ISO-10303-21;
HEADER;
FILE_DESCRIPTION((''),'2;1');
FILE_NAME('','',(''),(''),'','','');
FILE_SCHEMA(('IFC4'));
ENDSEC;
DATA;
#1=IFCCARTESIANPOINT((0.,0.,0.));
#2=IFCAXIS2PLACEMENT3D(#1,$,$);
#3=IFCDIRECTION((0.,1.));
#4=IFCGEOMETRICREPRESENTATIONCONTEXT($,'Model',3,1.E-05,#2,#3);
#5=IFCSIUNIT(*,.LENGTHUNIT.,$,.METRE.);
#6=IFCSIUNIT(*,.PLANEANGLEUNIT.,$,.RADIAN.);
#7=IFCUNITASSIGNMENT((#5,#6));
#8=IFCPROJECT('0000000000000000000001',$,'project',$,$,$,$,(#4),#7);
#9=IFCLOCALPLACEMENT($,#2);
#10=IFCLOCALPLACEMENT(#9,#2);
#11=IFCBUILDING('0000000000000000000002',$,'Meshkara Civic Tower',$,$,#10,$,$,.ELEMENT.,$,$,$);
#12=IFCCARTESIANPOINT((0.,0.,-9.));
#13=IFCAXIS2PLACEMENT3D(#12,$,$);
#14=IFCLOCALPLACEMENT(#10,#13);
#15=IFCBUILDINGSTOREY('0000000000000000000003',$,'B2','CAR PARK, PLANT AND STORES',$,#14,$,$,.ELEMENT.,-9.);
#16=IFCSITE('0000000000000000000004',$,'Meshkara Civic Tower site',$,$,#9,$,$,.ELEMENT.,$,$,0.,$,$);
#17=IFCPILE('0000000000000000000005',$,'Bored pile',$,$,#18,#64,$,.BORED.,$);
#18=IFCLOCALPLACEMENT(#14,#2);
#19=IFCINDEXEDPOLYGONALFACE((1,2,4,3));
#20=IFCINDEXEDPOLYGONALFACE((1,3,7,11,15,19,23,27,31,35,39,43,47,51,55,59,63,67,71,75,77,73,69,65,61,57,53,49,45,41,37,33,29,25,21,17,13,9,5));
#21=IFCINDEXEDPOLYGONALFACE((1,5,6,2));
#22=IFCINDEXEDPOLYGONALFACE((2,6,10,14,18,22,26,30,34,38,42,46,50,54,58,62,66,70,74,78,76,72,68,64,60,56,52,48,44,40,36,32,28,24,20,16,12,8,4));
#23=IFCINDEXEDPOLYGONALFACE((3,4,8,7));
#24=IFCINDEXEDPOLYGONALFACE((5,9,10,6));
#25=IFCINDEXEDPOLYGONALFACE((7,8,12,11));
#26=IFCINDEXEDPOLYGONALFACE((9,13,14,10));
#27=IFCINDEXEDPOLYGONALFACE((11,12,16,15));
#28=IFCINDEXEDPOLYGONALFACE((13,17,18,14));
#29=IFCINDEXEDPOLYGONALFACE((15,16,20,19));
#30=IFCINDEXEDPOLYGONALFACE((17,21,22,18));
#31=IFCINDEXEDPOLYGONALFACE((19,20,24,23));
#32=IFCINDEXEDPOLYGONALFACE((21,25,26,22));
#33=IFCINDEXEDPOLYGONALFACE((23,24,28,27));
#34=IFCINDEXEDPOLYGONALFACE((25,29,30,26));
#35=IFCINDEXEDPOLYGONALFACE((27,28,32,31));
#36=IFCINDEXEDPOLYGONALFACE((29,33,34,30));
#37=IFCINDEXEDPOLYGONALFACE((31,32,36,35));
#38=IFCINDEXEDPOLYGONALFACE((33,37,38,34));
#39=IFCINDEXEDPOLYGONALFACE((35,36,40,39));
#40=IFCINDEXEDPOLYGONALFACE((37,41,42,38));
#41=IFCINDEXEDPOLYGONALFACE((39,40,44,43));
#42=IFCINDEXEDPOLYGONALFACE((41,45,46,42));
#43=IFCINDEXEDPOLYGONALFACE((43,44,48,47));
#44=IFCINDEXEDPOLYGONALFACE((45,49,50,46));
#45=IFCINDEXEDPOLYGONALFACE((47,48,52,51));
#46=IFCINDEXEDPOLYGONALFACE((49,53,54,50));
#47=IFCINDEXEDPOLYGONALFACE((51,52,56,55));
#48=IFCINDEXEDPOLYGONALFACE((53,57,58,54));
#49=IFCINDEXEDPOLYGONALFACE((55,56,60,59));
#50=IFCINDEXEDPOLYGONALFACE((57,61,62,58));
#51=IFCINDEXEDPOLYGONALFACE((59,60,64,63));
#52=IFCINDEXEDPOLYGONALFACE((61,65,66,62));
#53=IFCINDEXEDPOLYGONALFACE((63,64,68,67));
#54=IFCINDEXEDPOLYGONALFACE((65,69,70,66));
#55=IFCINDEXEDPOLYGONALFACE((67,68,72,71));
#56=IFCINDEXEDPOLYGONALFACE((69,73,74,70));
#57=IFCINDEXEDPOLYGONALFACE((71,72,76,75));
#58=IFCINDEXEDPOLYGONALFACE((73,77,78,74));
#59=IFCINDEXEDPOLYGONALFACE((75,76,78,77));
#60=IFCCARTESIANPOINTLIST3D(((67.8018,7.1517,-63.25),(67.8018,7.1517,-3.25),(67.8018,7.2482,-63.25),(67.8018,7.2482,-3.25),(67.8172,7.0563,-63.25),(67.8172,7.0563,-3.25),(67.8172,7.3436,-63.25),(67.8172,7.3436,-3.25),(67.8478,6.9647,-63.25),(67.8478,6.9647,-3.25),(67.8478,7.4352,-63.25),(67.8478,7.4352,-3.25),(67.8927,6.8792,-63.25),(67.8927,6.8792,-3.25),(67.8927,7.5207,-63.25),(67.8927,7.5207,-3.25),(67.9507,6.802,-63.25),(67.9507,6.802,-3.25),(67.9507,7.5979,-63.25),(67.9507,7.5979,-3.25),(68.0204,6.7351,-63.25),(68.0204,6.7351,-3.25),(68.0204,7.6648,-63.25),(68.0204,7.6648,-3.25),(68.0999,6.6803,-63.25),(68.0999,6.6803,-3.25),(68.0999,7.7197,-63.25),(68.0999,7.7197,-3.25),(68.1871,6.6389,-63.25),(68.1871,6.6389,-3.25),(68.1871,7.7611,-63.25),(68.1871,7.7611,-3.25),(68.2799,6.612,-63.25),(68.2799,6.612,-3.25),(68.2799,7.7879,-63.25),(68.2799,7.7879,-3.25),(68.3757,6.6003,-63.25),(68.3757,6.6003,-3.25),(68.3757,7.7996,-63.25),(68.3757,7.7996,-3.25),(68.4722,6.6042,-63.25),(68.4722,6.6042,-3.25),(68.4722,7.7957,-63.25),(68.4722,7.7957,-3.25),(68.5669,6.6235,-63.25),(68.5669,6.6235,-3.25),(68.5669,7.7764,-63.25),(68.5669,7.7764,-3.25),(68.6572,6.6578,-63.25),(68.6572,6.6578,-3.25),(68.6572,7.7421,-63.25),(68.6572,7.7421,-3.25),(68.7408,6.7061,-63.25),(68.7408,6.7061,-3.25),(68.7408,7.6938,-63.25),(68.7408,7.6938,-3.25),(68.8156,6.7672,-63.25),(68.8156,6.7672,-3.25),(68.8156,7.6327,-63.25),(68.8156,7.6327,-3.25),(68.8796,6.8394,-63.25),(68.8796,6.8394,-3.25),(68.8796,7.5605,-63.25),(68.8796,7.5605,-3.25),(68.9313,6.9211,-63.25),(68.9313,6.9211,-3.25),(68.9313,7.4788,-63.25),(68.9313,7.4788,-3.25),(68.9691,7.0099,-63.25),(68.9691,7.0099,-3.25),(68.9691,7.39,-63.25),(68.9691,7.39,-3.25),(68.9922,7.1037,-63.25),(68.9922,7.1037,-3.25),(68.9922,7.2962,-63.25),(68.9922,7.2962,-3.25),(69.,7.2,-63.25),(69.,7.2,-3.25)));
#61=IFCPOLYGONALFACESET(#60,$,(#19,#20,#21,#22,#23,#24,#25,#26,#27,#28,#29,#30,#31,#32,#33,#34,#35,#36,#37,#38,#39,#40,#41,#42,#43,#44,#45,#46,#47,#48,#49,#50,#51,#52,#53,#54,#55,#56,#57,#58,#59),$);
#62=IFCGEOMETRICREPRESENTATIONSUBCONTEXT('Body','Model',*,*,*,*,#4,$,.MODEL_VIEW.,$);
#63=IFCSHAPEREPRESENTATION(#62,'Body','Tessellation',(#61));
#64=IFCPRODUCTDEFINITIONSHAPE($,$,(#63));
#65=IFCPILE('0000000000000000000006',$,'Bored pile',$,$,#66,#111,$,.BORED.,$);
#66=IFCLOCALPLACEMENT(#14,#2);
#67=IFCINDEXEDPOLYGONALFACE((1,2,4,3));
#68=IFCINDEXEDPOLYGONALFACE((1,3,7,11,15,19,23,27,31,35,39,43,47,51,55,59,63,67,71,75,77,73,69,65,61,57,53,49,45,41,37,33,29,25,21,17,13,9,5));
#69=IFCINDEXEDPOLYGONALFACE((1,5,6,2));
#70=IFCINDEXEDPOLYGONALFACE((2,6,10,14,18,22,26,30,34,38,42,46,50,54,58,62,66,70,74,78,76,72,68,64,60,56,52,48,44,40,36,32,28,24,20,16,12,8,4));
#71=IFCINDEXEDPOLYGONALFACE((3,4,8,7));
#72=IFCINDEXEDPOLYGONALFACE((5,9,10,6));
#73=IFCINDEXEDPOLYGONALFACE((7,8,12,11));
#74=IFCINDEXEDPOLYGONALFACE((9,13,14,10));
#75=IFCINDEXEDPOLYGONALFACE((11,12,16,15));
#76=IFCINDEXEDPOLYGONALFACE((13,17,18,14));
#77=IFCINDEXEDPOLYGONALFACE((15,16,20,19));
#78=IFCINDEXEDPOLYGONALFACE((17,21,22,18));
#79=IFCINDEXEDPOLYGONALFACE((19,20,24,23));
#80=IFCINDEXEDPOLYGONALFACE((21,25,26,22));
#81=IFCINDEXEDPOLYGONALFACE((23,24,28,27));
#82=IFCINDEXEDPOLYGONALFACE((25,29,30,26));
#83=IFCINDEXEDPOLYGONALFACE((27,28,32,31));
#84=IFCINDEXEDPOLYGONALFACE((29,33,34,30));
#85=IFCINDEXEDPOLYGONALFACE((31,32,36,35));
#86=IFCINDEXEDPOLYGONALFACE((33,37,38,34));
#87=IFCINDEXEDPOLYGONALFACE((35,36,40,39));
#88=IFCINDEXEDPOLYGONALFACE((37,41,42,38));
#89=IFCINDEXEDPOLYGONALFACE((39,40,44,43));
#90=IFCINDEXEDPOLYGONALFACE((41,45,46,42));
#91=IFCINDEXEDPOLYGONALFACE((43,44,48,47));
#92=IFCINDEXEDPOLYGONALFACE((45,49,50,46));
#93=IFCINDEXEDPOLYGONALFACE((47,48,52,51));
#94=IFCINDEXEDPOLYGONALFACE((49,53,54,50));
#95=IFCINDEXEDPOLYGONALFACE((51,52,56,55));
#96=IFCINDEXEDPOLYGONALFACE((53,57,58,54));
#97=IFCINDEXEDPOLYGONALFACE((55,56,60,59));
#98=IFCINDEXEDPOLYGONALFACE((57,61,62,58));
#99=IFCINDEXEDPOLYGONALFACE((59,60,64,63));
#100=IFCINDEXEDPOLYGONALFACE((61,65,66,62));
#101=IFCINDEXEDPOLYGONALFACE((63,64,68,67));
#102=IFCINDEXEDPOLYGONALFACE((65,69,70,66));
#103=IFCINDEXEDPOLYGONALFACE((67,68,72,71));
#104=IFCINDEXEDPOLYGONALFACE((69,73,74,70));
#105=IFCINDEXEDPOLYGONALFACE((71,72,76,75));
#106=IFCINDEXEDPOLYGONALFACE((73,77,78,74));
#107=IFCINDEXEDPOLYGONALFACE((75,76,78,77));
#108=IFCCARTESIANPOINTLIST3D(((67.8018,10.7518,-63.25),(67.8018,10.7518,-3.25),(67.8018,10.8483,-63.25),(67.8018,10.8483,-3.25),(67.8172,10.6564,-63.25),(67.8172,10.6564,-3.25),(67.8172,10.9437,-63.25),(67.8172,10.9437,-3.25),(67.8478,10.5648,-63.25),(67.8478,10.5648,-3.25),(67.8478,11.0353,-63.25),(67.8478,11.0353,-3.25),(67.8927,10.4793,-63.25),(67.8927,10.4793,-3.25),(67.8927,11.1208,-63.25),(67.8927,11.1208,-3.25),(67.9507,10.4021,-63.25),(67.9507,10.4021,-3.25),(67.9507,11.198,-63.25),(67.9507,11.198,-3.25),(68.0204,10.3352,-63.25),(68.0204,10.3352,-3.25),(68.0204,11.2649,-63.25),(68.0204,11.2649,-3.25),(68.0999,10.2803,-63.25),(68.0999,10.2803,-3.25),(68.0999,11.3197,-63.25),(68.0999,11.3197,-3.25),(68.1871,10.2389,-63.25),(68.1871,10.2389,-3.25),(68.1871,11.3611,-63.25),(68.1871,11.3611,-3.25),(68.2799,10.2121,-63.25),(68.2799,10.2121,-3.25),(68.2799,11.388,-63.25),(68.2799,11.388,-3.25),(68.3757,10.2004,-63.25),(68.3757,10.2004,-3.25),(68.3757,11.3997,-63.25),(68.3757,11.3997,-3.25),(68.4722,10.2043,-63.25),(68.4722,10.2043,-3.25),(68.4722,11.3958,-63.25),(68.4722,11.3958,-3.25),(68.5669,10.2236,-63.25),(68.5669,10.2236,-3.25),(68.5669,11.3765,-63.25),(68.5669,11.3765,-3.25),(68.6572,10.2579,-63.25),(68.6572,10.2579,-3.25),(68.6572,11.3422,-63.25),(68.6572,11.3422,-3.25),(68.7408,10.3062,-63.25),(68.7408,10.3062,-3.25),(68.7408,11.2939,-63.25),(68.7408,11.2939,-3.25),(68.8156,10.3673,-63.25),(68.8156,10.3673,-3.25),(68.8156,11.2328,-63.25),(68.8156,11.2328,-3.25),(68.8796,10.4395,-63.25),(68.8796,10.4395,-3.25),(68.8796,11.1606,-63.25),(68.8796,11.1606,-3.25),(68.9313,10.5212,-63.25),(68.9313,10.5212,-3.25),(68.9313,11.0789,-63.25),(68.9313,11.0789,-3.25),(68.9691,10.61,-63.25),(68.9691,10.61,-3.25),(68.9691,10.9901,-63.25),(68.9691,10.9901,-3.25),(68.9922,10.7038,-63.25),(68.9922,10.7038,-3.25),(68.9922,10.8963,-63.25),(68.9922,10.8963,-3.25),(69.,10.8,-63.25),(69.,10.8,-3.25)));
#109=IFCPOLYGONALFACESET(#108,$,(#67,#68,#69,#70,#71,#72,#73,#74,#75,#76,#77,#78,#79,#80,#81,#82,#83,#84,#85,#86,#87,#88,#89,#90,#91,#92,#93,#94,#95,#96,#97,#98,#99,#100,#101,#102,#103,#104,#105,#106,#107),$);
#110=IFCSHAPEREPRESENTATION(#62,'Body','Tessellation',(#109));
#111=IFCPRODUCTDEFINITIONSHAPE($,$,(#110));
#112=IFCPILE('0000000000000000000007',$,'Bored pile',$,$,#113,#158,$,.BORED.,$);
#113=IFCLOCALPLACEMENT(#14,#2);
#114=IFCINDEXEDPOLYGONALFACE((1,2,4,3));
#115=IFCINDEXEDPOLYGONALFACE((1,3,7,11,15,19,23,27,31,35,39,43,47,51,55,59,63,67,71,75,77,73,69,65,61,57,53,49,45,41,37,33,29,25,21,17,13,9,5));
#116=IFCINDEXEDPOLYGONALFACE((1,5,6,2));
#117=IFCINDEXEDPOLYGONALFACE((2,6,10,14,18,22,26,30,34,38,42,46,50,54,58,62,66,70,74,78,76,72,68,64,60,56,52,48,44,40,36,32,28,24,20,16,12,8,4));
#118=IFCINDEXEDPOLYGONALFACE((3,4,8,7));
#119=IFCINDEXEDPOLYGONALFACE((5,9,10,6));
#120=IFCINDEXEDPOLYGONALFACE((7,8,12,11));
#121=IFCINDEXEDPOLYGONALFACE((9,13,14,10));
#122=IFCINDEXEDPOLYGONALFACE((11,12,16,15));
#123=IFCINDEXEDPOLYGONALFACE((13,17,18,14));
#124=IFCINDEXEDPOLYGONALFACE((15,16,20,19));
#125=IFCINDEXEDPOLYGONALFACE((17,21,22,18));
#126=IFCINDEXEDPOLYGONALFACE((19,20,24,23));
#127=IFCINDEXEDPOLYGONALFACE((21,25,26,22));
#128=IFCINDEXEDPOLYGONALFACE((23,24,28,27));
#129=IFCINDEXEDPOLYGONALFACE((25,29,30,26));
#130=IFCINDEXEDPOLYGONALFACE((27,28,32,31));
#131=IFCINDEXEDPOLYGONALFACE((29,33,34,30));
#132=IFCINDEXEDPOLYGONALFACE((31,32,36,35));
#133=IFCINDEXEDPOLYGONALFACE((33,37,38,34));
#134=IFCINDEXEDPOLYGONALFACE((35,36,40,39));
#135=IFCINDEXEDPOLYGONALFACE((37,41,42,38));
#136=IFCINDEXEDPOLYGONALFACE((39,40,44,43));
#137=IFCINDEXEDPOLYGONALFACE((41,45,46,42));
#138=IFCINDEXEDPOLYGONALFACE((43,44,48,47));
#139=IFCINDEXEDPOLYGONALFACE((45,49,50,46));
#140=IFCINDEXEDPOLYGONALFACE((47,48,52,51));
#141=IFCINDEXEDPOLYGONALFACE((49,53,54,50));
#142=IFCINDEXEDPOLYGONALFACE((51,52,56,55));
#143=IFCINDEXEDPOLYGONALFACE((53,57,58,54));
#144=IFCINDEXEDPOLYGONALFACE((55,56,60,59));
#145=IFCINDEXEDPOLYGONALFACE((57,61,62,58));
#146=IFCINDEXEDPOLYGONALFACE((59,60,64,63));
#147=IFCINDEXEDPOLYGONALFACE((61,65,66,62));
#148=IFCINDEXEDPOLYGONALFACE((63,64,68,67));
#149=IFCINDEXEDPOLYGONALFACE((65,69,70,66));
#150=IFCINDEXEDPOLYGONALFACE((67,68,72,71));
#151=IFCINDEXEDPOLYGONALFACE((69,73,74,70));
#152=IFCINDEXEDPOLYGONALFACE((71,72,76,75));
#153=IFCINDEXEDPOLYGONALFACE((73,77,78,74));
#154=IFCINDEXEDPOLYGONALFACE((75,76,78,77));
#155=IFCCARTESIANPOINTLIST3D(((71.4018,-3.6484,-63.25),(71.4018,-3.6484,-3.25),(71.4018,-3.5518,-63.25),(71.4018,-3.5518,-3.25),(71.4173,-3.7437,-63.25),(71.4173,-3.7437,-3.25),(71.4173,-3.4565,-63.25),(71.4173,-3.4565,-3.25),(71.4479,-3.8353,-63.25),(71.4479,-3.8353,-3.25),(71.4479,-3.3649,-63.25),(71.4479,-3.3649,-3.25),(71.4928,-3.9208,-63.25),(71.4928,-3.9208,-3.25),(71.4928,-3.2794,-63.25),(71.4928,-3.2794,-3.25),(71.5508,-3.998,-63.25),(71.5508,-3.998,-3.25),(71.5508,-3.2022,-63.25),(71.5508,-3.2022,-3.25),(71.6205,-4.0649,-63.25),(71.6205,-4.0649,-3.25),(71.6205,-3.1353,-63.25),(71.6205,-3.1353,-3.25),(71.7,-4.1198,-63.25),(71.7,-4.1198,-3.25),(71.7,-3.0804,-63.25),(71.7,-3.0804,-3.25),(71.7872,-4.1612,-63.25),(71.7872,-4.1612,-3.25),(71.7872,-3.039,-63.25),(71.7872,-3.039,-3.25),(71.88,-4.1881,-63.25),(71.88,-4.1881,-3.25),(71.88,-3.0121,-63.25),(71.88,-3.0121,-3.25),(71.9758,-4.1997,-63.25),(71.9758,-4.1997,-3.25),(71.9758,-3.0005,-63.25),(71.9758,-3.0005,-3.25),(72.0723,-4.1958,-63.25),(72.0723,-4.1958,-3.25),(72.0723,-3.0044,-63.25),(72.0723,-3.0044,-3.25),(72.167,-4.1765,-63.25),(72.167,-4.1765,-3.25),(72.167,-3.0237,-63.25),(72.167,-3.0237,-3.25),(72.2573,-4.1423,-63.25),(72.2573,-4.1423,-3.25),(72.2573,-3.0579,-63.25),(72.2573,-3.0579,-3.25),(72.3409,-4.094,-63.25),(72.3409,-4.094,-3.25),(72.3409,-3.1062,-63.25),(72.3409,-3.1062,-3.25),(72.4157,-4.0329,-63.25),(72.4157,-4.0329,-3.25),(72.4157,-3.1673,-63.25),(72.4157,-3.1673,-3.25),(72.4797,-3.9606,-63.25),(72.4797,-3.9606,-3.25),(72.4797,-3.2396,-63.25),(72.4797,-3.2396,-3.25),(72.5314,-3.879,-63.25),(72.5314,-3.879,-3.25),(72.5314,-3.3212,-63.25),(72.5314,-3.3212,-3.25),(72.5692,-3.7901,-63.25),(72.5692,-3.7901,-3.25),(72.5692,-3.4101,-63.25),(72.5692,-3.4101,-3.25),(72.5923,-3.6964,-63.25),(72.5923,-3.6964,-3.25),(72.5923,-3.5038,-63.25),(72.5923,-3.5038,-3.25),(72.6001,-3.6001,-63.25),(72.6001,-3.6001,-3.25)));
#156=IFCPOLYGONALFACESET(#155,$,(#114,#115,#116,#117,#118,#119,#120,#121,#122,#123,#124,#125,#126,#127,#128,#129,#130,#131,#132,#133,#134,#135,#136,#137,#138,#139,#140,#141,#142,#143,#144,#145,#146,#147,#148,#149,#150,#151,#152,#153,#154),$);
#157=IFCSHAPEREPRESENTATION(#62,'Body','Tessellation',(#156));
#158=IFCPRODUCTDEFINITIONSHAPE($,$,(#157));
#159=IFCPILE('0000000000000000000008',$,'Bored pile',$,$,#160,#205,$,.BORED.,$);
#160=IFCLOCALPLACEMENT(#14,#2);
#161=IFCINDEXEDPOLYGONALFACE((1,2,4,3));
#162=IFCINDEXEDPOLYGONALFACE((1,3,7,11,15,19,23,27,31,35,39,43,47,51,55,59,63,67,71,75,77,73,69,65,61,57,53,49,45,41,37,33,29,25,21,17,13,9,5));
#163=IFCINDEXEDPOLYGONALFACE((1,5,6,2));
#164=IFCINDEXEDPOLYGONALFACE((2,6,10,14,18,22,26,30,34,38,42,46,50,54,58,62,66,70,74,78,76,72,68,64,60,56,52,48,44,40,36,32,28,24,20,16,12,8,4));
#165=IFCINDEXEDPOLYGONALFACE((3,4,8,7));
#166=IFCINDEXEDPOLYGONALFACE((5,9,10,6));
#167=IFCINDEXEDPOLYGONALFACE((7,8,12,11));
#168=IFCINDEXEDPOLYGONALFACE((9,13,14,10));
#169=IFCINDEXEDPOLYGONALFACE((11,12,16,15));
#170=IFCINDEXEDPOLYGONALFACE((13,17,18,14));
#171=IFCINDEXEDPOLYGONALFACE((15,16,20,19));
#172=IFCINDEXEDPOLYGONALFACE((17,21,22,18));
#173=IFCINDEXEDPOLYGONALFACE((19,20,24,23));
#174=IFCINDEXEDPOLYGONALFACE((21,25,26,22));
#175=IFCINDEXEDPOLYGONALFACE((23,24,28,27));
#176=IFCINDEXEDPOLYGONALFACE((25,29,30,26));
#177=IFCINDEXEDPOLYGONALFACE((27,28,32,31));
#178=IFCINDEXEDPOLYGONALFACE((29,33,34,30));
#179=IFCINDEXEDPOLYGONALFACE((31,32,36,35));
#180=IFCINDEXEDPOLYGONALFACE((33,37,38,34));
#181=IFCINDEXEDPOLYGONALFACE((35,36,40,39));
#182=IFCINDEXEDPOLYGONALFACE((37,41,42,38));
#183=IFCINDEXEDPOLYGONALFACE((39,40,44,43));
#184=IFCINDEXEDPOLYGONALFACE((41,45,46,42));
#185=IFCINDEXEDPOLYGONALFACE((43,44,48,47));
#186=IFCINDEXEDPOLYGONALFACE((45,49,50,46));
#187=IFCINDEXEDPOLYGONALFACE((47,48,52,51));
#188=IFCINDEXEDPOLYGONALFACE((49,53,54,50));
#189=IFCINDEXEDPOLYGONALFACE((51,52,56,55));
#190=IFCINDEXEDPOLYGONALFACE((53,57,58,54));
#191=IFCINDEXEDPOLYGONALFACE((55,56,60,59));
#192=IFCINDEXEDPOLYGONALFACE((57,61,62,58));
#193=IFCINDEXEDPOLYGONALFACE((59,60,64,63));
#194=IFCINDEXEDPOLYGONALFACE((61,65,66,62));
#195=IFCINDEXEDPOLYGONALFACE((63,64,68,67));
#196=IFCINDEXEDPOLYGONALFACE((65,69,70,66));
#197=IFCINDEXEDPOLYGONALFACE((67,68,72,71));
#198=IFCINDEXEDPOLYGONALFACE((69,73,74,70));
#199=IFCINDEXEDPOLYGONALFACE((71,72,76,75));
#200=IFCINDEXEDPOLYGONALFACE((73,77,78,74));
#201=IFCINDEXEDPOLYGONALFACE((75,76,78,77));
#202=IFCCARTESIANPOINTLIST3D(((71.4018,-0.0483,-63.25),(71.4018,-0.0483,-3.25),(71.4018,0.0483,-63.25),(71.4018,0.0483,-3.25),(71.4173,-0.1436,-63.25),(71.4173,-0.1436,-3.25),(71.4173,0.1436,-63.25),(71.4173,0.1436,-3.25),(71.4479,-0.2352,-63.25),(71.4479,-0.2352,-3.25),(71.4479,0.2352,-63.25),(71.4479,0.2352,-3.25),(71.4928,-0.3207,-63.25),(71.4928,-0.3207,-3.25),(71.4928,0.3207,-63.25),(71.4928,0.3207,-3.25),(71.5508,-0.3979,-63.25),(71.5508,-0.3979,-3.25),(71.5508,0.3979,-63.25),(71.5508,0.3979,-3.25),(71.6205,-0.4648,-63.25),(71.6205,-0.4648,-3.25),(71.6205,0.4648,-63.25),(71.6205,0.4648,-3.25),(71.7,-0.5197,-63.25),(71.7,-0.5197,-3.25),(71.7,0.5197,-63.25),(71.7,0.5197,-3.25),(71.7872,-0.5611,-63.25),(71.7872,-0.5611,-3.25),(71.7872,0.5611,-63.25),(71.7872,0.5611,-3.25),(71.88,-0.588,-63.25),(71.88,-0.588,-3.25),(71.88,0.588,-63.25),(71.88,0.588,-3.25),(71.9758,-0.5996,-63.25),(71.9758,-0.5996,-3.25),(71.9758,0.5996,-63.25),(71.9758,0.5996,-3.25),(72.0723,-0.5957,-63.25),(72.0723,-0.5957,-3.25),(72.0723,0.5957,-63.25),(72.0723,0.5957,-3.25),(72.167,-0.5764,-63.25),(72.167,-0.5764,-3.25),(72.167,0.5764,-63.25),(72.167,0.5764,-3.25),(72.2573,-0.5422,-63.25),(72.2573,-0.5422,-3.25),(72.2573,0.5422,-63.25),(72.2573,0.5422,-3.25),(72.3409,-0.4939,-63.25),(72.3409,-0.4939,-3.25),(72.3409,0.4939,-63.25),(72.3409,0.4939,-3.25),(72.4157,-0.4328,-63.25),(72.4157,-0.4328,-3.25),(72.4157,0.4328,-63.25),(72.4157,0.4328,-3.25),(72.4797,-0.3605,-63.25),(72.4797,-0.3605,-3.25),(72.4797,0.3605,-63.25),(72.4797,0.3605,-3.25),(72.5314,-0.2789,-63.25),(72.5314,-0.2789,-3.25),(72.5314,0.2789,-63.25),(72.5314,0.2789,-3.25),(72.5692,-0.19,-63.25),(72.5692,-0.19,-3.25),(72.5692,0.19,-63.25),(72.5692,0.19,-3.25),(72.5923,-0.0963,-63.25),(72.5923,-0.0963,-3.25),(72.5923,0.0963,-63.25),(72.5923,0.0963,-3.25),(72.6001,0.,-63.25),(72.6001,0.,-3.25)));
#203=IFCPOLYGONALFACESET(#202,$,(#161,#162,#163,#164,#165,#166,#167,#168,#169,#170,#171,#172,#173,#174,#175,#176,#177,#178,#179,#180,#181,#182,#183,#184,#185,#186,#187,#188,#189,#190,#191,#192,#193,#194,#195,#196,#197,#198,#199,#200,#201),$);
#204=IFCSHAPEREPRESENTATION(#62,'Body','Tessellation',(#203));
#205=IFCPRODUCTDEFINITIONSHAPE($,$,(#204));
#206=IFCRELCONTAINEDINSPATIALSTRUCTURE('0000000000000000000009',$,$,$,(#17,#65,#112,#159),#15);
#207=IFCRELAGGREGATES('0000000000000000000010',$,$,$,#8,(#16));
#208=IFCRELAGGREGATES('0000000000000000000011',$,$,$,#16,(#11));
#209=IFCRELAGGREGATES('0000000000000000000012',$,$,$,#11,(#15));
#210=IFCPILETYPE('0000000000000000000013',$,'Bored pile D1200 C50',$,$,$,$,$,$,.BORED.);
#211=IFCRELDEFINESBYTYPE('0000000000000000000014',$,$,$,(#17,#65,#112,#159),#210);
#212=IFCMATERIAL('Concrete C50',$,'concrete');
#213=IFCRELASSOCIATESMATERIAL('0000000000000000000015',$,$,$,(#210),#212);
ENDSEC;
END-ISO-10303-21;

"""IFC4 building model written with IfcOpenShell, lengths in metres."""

from ifc_helpers import new_model, si_unit, direction, frame, origin, origin_2d, place, context, subcontext, project, spatial, circle, extrude, material, material_profile, profile_set, type_object, element, save


model = new_model("IFC4")

# Units and contexts
model_context = context("Model", 3, precision=1e-05, world=origin(), true_north=direction((0.0, 1.0)))
body_context = subcontext(model_context, "Body", "Model", "MODEL_VIEW")
ifc_project = project(units=[si_unit("LENGTHUNIT", "METRE"), si_unit("PLANEANGLEUNIT", "RADIAN")], contexts=[model_context])

# Site, building, storey
site_placement = place(None, origin())
site = spatial("IfcSite", under=ifc_project, at=site_placement, Name="Meshkara Civic Tower site", CompositionType="ELEMENT", RefElevation=0.0)
building_placement = place(site_placement, origin())
building = spatial("IfcBuilding", under=site, at=building_placement, Name="Meshkara Civic Tower", CompositionType="ELEMENT")
storey_placement = place(building_placement, frame((0.0, 0.0, -9.0)))
storey = spatial("IfcBuildingStorey", under=building, at=storey_placement, Name="B2", Description="CAR PARK, PLANT AND STORES", CompositionType="ELEMENT", Elevation=-9.0)

# Piles
ifc_material_1 = material(Name="Concrete C50", Category="concrete")
ifc_material_profile_1 = material_profile(ifc_material_1, circle(Radius=0.6001, at=origin_2d()))
ifc_profile_set_1 = profile_set([ifc_material_profile_1], Name="Concrete C50")
pile_type = type_object("IfcPileType", Name="Bored pile D1200 C50", PredefinedType="BORED", material=ifc_profile_set_1)
for number, where, z_axis, x_axis, name in (
    (1, (68.3999, 7.2, -3.25), (0.0, 0.0, -1.0), (1.0, 0.0, 0.0), "Bored pile"),
    (2, (68.3999, 10.8, -3.25), (0.0, 0.0, -1.0), (1.0, 0.0, 0.0), "Bored pile"),
    (3, (72.0, -3.6001, -3.25), (0.0, 0.0, -1.0), (1.0, 0.0, 0.0), "Bored pile"),
    (4, (72.0, 0.0, -3.25), (0.0, 0.0, -1.0), (1.0, 0.0, 0.0), "Bored pile"),
):
    element("IfcPile", number, at=place(storey_placement, frame(where, z_axis=z_axis, x_axis=x_axis)), inside=storey, type_object=pile_type, Name=name, PredefinedType="BORED", context=body_context, shape_type="SweptSolid", body=[
        extrude(circle(Radius=0.6001, at=origin_2d()), origin(), (0.0, 0.0, 1.0), 60.0),
    ])

save(model, "model.ifc")
